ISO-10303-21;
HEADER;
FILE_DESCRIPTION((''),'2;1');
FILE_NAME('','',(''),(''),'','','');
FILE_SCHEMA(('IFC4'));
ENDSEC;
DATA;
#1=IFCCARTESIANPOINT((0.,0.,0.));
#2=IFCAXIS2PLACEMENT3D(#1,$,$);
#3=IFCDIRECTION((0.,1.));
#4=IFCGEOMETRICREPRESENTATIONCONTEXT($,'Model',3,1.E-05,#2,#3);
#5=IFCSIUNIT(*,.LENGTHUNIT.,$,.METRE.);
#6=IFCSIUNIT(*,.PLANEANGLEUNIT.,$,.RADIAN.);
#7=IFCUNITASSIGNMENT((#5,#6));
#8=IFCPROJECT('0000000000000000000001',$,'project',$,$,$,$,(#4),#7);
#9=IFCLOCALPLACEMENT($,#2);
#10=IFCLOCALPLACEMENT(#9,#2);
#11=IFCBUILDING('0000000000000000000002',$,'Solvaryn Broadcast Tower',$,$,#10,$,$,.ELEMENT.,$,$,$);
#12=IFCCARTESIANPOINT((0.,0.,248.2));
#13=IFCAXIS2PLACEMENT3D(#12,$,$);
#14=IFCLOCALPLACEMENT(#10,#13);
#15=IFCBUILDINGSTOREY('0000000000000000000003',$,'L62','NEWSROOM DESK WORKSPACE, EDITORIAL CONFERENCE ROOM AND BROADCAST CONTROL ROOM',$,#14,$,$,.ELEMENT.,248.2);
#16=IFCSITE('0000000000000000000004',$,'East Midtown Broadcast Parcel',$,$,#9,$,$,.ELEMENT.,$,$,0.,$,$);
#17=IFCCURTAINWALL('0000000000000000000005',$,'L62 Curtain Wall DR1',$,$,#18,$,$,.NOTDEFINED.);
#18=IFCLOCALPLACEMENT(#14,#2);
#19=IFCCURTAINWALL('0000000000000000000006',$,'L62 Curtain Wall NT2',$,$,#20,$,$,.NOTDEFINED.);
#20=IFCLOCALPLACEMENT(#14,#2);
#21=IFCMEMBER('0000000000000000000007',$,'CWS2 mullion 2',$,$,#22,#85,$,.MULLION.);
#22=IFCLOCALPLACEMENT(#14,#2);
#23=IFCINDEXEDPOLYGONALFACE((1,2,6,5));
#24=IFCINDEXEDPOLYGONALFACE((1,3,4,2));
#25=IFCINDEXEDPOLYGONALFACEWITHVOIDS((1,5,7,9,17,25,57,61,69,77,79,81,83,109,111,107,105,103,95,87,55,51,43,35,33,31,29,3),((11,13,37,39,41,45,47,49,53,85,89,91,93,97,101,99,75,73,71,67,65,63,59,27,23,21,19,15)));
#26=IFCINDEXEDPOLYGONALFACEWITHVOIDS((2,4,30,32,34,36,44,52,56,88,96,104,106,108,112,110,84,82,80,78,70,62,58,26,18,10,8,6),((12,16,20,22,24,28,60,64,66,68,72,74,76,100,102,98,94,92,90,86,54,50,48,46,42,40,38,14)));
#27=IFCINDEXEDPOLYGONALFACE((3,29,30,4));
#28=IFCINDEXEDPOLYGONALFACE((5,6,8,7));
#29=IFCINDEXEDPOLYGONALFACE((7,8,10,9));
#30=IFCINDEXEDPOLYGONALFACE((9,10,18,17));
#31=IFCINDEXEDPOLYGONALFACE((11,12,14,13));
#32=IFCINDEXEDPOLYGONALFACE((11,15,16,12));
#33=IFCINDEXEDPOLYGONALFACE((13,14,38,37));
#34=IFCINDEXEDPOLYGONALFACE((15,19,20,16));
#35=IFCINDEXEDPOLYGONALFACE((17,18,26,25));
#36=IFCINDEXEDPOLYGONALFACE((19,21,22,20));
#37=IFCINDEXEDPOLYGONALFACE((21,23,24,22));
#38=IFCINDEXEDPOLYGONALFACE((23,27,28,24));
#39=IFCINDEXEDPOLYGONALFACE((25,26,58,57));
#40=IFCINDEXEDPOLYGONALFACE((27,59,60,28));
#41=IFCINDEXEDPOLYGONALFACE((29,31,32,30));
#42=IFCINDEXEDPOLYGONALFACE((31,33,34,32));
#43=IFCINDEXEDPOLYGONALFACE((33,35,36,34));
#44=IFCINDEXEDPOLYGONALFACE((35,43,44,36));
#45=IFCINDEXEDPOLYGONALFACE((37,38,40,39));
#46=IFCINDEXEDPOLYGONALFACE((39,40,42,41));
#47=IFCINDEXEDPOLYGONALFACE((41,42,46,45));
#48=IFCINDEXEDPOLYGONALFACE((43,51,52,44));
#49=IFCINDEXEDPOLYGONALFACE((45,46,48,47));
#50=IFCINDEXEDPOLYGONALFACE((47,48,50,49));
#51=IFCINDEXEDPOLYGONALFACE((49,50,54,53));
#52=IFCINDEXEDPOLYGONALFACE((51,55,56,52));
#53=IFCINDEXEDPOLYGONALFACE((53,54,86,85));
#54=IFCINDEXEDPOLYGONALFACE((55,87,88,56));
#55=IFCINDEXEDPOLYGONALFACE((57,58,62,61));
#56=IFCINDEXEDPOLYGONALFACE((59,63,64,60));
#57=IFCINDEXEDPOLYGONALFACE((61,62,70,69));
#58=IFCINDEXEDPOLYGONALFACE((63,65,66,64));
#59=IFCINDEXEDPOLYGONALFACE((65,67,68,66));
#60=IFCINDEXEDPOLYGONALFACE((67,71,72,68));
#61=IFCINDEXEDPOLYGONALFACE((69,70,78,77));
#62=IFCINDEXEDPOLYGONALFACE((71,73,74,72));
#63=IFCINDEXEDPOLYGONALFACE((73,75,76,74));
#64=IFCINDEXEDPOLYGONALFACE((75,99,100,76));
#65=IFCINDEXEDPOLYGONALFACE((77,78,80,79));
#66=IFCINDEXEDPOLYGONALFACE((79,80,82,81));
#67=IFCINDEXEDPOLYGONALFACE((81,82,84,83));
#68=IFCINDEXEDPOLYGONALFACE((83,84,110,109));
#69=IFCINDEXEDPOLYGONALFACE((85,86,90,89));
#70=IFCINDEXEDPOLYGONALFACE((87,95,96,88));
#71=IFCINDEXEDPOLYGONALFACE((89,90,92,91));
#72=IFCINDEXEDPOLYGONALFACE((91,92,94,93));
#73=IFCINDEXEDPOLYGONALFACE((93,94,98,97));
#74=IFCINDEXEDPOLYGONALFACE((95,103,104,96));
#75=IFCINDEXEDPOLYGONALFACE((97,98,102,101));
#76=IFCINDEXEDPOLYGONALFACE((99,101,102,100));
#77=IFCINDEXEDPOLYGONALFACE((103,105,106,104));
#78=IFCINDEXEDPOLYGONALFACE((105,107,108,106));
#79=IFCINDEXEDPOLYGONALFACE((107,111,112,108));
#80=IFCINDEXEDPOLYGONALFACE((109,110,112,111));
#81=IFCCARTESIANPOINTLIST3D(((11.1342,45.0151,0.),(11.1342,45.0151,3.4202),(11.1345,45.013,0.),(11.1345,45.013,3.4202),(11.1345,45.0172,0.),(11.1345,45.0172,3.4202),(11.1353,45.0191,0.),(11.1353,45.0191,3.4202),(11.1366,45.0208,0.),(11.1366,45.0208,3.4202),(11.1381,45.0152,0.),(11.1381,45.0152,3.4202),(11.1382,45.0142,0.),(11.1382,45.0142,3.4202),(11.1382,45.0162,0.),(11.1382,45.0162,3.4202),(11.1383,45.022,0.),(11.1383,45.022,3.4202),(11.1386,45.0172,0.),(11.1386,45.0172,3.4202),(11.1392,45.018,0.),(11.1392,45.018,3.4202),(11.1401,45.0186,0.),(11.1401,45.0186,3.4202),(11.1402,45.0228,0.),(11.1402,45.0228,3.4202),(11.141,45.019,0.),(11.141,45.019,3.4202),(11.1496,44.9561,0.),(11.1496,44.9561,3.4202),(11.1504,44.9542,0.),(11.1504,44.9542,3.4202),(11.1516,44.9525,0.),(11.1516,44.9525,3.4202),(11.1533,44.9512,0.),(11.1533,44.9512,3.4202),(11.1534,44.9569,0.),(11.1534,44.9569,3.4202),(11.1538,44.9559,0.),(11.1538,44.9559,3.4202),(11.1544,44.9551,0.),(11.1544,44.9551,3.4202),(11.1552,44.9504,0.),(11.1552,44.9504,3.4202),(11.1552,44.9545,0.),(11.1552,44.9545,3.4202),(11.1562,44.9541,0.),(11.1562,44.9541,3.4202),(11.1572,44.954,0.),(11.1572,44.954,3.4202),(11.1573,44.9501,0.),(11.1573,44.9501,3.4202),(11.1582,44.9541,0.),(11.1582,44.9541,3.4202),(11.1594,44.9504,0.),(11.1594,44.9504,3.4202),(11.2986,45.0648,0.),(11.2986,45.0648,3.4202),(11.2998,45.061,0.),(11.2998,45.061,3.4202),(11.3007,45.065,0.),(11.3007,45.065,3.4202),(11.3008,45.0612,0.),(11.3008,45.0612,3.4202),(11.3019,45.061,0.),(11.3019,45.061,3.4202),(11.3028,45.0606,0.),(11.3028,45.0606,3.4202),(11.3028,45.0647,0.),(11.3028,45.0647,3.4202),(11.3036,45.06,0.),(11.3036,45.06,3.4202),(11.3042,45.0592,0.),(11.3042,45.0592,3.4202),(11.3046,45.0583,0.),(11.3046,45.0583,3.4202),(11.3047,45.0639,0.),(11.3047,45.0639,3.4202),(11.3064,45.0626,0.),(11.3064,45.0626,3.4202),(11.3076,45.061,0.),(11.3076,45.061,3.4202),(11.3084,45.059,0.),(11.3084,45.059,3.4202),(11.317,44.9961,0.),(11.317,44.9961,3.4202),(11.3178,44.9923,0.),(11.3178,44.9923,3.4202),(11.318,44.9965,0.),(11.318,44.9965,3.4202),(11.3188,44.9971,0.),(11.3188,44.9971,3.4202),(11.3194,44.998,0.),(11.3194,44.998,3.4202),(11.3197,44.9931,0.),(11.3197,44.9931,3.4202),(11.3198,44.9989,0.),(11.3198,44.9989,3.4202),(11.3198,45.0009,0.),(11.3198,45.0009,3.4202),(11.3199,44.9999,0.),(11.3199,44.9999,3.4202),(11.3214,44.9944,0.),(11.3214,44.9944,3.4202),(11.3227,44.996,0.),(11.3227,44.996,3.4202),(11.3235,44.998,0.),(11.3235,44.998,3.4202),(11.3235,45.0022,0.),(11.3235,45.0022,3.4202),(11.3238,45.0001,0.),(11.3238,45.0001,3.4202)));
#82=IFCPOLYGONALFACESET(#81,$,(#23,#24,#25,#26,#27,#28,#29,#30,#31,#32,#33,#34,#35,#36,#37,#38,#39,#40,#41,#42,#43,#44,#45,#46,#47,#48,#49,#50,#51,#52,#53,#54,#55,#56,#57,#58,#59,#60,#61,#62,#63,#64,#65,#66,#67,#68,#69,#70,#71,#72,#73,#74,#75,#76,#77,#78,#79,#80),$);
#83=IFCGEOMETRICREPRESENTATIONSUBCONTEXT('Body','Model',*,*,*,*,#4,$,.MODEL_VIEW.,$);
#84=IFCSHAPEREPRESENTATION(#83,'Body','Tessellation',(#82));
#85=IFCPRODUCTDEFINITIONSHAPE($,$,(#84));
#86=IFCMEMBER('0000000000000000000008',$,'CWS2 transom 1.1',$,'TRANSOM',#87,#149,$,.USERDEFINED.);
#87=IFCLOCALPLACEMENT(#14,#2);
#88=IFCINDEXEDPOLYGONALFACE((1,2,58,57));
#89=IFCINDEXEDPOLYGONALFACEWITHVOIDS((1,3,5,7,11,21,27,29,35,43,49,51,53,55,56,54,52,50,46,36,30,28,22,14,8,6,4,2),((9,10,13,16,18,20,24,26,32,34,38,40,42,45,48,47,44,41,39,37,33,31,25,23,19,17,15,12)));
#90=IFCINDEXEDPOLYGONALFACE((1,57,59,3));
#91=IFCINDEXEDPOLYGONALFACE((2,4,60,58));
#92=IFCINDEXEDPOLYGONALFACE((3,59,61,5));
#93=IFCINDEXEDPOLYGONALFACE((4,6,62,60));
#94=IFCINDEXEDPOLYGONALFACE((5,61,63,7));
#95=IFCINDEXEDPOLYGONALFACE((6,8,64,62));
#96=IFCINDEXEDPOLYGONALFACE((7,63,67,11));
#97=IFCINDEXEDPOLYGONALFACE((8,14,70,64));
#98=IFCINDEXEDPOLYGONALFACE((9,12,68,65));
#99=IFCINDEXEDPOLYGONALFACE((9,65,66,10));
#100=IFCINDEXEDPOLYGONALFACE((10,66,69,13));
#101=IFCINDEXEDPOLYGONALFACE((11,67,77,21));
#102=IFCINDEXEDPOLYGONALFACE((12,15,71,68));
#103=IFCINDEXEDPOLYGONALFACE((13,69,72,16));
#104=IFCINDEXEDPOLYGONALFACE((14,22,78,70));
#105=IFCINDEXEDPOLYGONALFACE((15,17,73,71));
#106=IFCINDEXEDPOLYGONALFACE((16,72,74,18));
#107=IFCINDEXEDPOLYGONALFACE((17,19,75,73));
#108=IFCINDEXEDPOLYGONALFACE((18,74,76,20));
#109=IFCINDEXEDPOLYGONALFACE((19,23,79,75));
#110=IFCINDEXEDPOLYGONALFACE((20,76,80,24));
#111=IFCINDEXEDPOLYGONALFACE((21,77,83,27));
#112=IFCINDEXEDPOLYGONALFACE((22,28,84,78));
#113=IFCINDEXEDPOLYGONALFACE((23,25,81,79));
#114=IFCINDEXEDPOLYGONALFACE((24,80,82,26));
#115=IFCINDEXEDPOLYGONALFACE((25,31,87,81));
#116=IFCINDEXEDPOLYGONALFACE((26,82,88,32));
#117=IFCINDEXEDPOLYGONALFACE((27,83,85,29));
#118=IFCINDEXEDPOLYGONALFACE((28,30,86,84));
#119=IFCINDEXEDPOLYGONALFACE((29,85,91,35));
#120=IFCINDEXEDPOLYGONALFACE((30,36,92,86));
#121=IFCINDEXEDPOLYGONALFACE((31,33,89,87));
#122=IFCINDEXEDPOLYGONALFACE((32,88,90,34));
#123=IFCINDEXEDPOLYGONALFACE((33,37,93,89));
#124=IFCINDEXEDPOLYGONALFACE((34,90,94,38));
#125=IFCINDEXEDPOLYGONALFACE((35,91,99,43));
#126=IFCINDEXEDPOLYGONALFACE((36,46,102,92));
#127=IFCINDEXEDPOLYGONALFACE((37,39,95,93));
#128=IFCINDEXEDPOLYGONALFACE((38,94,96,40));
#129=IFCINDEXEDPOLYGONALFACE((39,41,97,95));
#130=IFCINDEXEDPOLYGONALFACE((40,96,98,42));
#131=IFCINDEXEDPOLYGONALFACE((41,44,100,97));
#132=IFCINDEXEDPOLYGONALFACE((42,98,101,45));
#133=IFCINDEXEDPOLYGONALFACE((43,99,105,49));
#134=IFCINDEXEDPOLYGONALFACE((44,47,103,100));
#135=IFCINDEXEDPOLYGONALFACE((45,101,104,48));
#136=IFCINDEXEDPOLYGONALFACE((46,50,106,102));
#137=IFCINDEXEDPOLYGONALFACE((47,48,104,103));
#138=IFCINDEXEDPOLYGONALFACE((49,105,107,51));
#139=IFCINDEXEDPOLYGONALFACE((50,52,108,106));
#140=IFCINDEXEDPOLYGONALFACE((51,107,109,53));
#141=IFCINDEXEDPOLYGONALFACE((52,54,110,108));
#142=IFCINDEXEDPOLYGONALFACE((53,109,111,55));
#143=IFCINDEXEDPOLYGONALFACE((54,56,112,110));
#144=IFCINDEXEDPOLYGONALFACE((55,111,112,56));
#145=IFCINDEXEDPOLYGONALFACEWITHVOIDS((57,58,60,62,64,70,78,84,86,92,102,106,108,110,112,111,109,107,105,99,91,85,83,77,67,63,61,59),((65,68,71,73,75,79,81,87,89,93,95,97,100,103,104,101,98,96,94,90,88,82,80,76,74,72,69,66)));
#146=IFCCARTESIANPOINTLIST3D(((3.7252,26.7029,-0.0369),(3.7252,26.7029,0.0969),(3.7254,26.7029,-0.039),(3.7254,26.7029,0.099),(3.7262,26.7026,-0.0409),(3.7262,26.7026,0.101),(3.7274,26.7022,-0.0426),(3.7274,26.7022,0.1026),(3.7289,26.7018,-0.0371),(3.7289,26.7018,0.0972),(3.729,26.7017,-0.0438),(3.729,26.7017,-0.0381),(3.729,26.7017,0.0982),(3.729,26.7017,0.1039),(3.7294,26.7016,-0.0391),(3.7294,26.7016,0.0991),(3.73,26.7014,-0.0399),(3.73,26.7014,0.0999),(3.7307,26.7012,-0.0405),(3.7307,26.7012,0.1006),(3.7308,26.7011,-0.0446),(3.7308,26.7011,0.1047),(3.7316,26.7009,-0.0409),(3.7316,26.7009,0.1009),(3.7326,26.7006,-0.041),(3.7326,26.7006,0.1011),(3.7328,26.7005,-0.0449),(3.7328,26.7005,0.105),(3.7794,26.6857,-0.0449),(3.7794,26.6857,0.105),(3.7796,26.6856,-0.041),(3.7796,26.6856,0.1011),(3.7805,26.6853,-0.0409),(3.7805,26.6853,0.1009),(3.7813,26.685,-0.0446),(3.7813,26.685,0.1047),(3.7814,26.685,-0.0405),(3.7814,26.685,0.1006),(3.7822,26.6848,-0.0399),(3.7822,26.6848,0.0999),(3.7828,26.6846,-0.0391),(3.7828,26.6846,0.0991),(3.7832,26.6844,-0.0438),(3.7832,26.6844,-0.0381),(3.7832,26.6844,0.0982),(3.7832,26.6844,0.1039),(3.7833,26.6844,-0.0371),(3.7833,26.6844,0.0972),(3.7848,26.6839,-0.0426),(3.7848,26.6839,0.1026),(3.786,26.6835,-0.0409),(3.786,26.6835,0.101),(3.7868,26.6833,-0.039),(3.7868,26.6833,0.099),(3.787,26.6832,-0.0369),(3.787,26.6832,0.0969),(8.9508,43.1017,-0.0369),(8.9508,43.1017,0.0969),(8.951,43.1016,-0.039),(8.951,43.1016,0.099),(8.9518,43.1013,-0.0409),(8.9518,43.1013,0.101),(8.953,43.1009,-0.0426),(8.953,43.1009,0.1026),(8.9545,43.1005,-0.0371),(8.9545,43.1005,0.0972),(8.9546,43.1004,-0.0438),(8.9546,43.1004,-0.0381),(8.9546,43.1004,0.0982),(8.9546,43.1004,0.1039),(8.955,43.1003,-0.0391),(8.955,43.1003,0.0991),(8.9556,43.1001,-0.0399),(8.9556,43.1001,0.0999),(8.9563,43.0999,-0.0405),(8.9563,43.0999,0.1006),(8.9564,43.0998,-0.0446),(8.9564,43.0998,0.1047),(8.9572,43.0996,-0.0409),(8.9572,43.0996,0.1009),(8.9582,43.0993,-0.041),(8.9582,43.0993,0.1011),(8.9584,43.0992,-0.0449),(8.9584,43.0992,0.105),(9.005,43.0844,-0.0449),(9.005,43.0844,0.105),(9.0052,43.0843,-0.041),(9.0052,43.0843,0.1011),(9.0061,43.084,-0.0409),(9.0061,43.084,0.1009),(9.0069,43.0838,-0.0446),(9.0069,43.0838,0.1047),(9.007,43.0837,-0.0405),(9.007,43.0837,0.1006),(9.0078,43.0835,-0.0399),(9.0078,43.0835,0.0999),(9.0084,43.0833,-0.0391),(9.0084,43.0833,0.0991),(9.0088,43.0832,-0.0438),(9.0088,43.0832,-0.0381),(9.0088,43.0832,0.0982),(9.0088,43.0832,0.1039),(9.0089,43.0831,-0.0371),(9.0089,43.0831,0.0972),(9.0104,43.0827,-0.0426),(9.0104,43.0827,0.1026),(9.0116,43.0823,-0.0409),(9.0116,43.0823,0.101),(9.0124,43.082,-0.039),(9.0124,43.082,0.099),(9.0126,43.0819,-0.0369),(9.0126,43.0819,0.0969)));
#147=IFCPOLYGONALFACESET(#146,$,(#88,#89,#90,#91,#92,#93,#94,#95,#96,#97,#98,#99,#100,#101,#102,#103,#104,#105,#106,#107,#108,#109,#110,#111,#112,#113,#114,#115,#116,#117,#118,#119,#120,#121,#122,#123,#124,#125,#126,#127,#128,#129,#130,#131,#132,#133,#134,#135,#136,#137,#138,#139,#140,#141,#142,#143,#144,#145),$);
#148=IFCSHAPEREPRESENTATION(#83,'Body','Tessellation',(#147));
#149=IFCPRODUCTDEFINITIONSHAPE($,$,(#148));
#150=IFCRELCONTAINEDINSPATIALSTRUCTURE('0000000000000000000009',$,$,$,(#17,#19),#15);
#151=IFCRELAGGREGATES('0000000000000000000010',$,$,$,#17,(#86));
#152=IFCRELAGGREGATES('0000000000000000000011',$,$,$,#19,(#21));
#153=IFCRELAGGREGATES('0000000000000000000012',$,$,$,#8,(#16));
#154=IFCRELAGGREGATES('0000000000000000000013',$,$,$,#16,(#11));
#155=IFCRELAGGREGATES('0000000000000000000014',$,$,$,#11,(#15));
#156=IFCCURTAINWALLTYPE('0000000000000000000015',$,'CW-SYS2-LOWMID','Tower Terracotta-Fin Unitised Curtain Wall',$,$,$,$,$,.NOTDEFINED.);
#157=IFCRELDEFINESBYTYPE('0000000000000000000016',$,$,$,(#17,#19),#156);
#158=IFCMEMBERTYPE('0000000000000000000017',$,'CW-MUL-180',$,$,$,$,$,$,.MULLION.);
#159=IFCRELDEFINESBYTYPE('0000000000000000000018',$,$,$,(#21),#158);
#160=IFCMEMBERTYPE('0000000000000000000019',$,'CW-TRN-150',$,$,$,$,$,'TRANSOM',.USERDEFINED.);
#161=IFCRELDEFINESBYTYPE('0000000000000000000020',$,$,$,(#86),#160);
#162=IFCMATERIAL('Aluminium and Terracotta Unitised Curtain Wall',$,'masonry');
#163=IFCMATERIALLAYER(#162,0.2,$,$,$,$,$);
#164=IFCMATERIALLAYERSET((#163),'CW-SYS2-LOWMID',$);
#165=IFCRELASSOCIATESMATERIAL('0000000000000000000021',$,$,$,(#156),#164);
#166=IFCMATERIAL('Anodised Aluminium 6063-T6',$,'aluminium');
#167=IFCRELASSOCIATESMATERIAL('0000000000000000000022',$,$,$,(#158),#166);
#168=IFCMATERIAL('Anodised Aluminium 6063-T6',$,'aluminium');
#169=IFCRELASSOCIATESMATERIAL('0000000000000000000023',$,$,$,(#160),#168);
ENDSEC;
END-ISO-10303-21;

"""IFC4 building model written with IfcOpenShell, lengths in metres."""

from ifc_helpers import new_model, si_unit, direction, frame, origin, origin_2d, place, context, subcontext, project, spatial, hollow_rectangle, extrude, material, layer, layer_set, material_profile, profile_set, type_object, element, aggregate, save


model = new_model("IFC4")

# Units and contexts
model_context = context("Model", 3, precision=1e-05, world=origin(), true_north=direction((0.0, 1.0)))
body_context = subcontext(model_context, "Body", "Model", "MODEL_VIEW")
ifc_project = project(units=[si_unit("LENGTHUNIT", "METRE"), si_unit("PLANEANGLEUNIT", "RADIAN")], contexts=[model_context])

# Site, building, storey
site_placement = place(None, origin())
site = spatial("IfcSite", under=ifc_project, at=site_placement, Name="East Midtown Broadcast Parcel", CompositionType="ELEMENT", RefElevation=0.0)
building_placement = place(site_placement, origin())
building = spatial("IfcBuilding", under=site, at=building_placement, Name="Solvaryn Broadcast Tower", CompositionType="ELEMENT")
storey_placement = place(building_placement, frame((0.0, 0.0, 248.2)))
storey = spatial("IfcBuildingStorey", under=building, at=storey_placement, Name="L62", Description="NEWSROOM DESK WORKSPACE, EDITORIAL CONFERENCE ROOM AND BROADCAST CONTROL ROOM", CompositionType="ELEMENT", Elevation=248.2)

# Curtain wall
ifc_material_1 = material(Name="Aluminium and Terracotta Unitised Curtain Wall", Category="masonry")
ifc_layer_1 = layer(ifc_material_1, 0.2)
ifc_layer_set_1 = layer_set([ifc_layer_1], Name="CW-SYS2-LOWMID")
curtain_wall_type = type_object("IfcCurtainWallType", Name="CW-SYS2-LOWMID", Description="Tower Terracotta-Fin Unitised Curtain Wall", PredefinedType="NOTDEFINED", material=ifc_layer_set_1)
curtain_wall_1_placement = place(storey_placement, origin())
curtain_wall_1 = element("IfcCurtainWall", 1, at=curtain_wall_1_placement, inside=storey, type_object=curtain_wall_type, Name="L62 Curtain Wall DR1", PredefinedType="NOTDEFINED")
ifc_material_2 = material(Name="Anodised Aluminium 6063-T6", Category="aluminium")
ifc_material_profile_1 = material_profile(ifc_material_2, hollow_rectangle(XDim=0.075, YDim=0.1799, WallThickness=0.0039, InnerFilletRadius=0.0039, OuterFilletRadius=0.0081, at=origin_2d()))
ifc_profile_set_1 = profile_set([ifc_material_profile_1], Name="Anodised Aluminium 6063-T6")
member_type_1 = type_object("IfcMemberType", Name="CW-MUL-180", PredefinedType="MULLION", material=ifc_profile_set_1)

# Curtain wall, member
curtain_wall_2_placement = place(storey_placement, origin())
curtain_wall_2 = element("IfcCurtainWall", 2, at=curtain_wall_2_placement, inside=storey, type_object=curtain_wall_type, Name="L62 Curtain Wall NT2", PredefinedType="NOTDEFINED")
member_1_placement = place(storey_placement, frame((11.229, 45.0076, 0.0), z_axis=(0.0, 0.0, 1.0), x_axis=(0.255893, -0.966705, 0.0)))
member_1 = element("IfcMember", 3, at=member_1_placement, type_object=member_type_1, Name="CWS2 mullion 2", PredefinedType="MULLION", context=body_context, shape_type="SweptSolid", body=[
    extrude(hollow_rectangle(XDim=0.075, YDim=0.1799, WallThickness=0.0039, InnerFilletRadius=0.0039, OuterFilletRadius=0.0081, at=origin_2d()), origin(), (0.0, 0.0, 1.0), 3.4202),
])

# Member
ifc_material_3 = material(Name="Anodised Aluminium 6063-T6", Category="aluminium")
ifc_material_profile_2 = material_profile(ifc_material_3, hollow_rectangle(XDim=0.0649, YDim=0.1499, WallThickness=0.0039, InnerFilletRadius=0.0039, OuterFilletRadius=0.0081, at=origin_2d()))
ifc_profile_set_2 = profile_set([ifc_material_profile_2], Name="Anodised Aluminium 6063-T6")
member_type_2 = type_object("IfcMemberType", Name="CW-TRN-150", ElementType="TRANSOM", PredefinedType="USERDEFINED", material=ifc_profile_set_2)
member_2_placement = place(storey_placement, frame((8.9817, 43.0918, 0.03), z_axis=(-0.303616, -0.952794, 0.0), x_axis=(0.952794, -0.303616, 0.0)))
member_2 = element("IfcMember", 4, at=member_2_placement, type_object=member_type_2, Name="CWS2 transom 1.1", ObjectType="TRANSOM", PredefinedType="USERDEFINED", context=body_context, shape_type="SweptSolid", body=[
    extrude(hollow_rectangle(XDim=0.0649, YDim=0.1499, WallThickness=0.0039, InnerFilletRadius=0.0039, OuterFilletRadius=0.0081, at=origin_2d()), origin(), (0.0, 0.0, 1.0), 17.2112),
])
aggregate(curtain_wall_1, [member_2])

aggregate(curtain_wall_2, [member_1])

save(model, "model.ifc")
